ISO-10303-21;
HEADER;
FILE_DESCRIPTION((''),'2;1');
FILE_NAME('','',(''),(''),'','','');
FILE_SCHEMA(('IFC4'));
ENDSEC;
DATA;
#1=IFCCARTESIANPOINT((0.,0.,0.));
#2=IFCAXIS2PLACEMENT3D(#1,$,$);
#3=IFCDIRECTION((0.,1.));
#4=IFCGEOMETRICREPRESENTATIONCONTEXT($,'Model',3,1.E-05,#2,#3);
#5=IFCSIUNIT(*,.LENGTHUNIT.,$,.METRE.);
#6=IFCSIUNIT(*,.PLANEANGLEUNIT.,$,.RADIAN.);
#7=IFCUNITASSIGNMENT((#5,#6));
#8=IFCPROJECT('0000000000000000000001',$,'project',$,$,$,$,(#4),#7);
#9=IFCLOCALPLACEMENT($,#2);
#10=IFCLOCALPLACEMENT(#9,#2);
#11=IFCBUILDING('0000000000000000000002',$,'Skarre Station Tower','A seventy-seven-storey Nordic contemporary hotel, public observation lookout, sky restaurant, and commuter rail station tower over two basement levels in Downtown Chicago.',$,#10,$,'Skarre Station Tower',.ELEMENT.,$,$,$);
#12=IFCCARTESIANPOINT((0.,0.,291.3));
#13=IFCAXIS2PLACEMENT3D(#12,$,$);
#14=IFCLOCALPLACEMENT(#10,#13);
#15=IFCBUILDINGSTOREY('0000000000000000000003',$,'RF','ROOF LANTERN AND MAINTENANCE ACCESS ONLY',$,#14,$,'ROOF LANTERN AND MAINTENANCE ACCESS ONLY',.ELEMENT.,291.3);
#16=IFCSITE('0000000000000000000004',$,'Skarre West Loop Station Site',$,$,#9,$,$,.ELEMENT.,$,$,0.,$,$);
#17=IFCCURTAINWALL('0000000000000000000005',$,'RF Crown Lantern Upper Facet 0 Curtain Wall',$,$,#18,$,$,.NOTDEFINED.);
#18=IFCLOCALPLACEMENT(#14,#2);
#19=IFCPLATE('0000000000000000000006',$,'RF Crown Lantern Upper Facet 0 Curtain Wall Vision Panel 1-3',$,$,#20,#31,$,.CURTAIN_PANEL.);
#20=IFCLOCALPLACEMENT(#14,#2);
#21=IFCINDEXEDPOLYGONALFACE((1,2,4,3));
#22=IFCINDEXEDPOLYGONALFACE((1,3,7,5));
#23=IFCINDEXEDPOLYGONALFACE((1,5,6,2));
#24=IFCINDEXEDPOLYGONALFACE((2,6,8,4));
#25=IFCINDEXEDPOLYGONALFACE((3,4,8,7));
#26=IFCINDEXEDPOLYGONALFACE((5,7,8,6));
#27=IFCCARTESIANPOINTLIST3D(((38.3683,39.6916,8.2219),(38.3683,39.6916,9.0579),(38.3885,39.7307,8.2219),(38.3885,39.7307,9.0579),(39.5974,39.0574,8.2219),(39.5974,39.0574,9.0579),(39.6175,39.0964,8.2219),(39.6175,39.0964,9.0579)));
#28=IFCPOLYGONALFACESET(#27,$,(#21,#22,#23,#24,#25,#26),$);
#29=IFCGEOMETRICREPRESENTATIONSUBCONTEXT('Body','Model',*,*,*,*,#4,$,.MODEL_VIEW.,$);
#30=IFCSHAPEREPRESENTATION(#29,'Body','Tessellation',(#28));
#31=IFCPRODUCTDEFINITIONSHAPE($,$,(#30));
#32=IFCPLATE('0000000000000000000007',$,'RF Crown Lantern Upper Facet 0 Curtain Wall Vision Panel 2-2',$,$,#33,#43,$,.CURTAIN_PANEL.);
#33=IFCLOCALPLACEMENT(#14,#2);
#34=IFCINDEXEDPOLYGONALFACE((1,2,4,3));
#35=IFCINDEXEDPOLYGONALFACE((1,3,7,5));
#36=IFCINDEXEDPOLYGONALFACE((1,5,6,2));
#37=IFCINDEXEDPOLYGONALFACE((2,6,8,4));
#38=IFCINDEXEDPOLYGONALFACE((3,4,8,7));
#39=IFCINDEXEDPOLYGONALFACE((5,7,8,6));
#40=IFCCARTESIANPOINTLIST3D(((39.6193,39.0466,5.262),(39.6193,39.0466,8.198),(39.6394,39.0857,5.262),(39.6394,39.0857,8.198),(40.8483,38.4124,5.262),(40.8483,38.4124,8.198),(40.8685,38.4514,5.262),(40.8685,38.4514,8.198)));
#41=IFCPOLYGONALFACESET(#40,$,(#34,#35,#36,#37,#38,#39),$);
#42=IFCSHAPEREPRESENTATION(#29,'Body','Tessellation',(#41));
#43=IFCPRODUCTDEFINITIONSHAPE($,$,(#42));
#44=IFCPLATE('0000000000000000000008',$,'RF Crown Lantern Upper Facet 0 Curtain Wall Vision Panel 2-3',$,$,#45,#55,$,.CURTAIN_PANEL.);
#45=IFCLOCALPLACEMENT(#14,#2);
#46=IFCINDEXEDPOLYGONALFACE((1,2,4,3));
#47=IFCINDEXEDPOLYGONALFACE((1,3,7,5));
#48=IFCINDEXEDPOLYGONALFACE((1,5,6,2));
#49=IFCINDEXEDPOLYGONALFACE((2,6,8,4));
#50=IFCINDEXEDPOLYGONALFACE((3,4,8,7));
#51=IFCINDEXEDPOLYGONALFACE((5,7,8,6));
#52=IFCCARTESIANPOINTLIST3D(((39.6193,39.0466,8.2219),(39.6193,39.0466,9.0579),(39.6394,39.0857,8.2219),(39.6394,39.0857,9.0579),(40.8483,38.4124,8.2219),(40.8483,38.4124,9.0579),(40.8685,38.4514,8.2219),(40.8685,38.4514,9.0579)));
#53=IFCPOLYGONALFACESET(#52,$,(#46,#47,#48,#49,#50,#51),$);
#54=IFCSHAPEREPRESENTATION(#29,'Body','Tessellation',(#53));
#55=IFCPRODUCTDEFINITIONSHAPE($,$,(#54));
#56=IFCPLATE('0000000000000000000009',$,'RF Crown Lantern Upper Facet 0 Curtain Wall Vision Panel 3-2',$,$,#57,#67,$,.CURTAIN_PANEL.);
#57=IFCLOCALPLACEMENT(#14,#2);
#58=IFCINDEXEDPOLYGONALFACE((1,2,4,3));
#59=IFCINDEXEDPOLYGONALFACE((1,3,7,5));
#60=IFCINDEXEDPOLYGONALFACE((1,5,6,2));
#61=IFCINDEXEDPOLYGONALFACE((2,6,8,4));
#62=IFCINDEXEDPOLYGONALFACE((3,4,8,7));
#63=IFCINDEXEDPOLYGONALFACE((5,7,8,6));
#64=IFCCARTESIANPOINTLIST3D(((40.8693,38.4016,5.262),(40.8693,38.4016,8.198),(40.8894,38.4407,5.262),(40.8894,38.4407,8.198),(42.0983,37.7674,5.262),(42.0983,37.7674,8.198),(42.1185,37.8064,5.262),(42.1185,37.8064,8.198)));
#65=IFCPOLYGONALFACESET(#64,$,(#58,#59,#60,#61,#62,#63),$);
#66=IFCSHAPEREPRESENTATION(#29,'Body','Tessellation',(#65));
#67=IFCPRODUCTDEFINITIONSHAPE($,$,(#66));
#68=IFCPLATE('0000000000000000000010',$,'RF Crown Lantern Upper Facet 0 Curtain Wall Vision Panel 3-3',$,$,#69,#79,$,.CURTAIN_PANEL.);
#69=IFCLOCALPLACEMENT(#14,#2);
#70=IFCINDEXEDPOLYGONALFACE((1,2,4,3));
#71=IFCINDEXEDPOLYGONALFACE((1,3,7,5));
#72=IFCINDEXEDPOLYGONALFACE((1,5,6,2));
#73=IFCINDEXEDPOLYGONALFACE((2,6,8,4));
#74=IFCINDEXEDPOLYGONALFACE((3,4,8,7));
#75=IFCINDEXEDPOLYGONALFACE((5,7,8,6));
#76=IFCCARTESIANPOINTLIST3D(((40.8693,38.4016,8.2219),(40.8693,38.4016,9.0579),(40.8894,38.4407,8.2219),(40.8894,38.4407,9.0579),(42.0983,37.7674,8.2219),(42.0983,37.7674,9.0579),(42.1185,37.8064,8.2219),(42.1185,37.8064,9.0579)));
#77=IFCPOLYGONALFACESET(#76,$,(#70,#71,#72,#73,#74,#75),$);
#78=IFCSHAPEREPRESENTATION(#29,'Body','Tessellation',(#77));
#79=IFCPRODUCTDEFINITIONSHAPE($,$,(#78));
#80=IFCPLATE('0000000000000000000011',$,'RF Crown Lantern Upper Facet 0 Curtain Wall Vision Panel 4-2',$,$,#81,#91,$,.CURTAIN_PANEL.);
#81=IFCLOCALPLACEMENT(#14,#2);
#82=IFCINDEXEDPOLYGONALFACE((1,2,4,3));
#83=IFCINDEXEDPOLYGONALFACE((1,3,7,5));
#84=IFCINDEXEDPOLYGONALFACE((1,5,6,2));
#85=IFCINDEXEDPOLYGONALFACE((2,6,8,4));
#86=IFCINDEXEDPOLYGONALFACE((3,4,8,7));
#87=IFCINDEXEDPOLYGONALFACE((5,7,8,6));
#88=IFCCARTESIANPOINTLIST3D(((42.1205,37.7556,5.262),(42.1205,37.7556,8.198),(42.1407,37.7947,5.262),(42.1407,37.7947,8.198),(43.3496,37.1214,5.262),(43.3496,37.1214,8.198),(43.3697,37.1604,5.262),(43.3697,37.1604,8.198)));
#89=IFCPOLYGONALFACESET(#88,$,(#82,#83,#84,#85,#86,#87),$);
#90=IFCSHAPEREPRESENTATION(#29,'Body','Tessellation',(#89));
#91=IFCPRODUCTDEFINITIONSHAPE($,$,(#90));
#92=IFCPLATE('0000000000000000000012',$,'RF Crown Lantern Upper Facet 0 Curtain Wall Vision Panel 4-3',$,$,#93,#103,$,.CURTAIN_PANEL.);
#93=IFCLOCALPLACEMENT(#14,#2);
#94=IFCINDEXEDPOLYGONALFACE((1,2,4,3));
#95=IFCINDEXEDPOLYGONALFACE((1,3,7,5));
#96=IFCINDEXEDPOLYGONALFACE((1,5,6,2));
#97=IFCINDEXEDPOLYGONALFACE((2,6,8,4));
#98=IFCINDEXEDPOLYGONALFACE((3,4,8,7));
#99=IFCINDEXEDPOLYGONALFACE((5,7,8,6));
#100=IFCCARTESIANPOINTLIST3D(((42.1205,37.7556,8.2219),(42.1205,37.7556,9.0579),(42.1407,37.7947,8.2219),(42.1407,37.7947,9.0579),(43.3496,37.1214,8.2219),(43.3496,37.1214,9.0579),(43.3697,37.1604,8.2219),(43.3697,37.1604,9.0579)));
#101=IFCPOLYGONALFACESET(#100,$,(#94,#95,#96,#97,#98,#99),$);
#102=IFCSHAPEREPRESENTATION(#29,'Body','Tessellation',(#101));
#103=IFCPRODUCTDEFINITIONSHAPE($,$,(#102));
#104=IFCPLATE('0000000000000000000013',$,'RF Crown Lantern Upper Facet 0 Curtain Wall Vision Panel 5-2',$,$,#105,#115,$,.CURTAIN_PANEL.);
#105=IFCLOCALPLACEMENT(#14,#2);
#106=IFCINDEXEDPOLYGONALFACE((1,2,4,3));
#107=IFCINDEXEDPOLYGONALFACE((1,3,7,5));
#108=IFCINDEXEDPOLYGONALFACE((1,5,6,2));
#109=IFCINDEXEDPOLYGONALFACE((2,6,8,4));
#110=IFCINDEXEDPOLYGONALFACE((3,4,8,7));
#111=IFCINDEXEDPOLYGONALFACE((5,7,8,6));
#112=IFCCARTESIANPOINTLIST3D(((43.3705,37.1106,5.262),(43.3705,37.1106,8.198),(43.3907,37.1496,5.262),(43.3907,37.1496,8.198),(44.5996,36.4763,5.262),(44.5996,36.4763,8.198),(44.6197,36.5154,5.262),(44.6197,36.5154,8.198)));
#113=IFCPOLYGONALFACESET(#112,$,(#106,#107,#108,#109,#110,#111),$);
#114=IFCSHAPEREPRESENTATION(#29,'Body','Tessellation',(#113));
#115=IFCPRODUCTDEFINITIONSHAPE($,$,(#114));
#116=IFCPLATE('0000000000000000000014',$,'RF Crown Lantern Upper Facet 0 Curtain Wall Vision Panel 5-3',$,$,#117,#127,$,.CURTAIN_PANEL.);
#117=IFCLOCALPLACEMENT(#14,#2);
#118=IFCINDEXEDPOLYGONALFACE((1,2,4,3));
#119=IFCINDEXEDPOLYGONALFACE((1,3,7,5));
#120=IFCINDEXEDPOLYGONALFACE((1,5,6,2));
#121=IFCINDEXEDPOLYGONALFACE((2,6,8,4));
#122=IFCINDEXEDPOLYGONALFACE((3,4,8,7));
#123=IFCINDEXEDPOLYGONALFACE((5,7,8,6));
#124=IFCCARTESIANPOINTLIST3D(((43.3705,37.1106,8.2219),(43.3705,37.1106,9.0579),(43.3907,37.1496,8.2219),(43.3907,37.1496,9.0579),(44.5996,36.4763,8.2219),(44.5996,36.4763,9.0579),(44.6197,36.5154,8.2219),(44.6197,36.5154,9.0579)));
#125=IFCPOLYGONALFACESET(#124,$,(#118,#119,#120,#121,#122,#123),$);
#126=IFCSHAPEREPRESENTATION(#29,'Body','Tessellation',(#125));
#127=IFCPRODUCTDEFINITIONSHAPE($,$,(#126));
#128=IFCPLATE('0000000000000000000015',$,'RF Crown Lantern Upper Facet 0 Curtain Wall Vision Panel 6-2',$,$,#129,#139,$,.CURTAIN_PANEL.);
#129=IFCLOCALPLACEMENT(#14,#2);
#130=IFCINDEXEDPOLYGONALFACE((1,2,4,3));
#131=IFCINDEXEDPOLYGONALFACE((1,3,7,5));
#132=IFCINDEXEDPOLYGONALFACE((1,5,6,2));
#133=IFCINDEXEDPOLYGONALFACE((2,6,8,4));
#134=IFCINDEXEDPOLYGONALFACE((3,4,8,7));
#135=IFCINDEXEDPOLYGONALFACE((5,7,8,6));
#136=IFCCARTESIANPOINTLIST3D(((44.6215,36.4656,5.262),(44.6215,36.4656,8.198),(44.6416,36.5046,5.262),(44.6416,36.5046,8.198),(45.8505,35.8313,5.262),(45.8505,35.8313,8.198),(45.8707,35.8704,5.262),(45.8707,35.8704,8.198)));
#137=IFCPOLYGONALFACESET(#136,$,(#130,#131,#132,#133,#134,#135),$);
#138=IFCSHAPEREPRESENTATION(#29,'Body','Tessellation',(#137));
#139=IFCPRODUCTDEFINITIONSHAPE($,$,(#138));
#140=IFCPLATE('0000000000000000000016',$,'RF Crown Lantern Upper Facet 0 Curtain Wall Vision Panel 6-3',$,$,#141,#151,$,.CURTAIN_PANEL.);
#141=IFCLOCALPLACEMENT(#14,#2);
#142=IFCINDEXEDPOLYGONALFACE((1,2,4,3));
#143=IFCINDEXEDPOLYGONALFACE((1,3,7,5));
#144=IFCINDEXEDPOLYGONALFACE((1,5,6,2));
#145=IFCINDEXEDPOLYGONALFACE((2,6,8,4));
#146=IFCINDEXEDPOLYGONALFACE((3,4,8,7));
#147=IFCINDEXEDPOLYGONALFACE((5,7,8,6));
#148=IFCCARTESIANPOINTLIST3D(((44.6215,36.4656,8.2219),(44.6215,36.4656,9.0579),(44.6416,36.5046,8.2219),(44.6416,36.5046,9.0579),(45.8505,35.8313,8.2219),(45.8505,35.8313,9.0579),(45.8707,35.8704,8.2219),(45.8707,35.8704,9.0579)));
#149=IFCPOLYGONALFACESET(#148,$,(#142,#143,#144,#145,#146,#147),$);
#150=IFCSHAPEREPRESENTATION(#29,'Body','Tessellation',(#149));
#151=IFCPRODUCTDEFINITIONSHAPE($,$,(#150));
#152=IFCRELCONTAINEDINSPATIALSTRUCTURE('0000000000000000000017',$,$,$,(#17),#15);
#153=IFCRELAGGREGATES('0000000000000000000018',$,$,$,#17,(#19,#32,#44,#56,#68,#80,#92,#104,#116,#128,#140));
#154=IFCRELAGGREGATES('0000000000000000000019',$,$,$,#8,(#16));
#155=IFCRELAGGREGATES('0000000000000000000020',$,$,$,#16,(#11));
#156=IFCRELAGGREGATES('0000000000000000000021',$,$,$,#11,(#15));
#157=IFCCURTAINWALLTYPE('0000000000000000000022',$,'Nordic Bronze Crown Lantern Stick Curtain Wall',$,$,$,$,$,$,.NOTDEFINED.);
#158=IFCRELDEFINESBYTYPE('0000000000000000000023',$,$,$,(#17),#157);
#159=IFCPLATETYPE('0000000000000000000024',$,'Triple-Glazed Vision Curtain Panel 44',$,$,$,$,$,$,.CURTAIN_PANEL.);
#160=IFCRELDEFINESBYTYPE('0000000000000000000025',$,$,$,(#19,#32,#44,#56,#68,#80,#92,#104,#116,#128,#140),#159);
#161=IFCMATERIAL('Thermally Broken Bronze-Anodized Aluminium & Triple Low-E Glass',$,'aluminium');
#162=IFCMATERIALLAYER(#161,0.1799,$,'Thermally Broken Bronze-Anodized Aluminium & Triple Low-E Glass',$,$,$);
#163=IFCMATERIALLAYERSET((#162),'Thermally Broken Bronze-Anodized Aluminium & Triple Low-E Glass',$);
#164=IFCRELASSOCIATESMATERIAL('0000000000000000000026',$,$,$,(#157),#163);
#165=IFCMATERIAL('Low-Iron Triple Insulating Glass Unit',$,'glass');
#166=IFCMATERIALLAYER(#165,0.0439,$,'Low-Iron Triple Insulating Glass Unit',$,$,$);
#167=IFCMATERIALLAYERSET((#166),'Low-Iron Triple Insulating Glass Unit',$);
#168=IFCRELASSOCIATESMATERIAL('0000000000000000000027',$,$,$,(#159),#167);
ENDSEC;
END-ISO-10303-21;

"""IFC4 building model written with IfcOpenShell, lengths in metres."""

from ifc_helpers import new_model, si_unit, direction, frame, origin, origin_2d, place, context, subcontext, project, spatial, rectangle, extrude, material, layer, layer_set, type_object, element, aggregate, save


model = new_model("IFC4")

# Units and contexts
model_context = context("Model", 3, precision=1e-05, world=origin(), true_north=direction((0.0, 1.0)))
body_context = subcontext(model_context, "Body", "Model", "MODEL_VIEW")
ifc_project = project(units=[si_unit("LENGTHUNIT", "METRE"), si_unit("PLANEANGLEUNIT", "RADIAN")], contexts=[model_context])

# Site, building, storey
site_placement = place(None, origin())
site = spatial("IfcSite", under=ifc_project, at=site_placement, Name="Skarre West Loop Station Site", CompositionType="ELEMENT", RefElevation=0.0)
building_placement = place(site_placement, origin())
building = spatial("IfcBuilding", under=site, at=building_placement, Name="Skarre Station Tower", Description="A seventy-seven-storey Nordic contemporary hotel, public observation lookout, sky restaurant, and commuter rail station tower over two basement levels in Downtown Chicago.", LongName="Skarre Station Tower", CompositionType="ELEMENT")
storey_placement = place(building_placement, frame((0.0, 0.0, 291.3)))
storey = spatial("IfcBuildingStorey", under=building, at=storey_placement, Name="RF", Description="ROOF LANTERN AND MAINTENANCE ACCESS ONLY", LongName="ROOF LANTERN AND MAINTENANCE ACCESS ONLY", CompositionType="ELEMENT", Elevation=291.3)

# Curtain wall
ifc_material_1 = material(Name="Thermally Broken Bronze-Anodized Aluminium & Triple Low-E Glass", Category="aluminium")
ifc_layer_1 = layer(ifc_material_1, 0.1799, Name="Thermally Broken Bronze-Anodized Aluminium & Triple Low-E Glass")
ifc_layer_set_1 = layer_set([ifc_layer_1], Name="Thermally Broken Bronze-Anodized Aluminium & Triple Low-E Glass")
curtain_wall_type = type_object("IfcCurtainWallType", Name="Nordic Bronze Crown Lantern Stick Curtain Wall", PredefinedType="NOTDEFINED", material=ifc_layer_set_1)
curtain_wall_placement = place(storey_placement, origin())
curtain_wall = element("IfcCurtainWall", 1, at=curtain_wall_placement, inside=storey, type_object=curtain_wall_type, Name="RF Crown Lantern Upper Facet 0 Curtain Wall", PredefinedType="NOTDEFINED")

# Plates
ifc_material_2 = material(Name="Low-Iron Triple Insulating Glass Unit", Category="glass")
ifc_layer_2 = layer(ifc_material_2, 0.0439, Name="Low-Iron Triple Insulating Glass Unit")
ifc_layer_set_2 = layer_set([ifc_layer_2], Name="Low-Iron Triple Insulating Glass Unit")
plate_type_1 = type_object("IfcPlateType", Name="Triple-Glazed Vision Curtain Panel 44", PredefinedType="CURTAIN_PANEL", material=ifc_layer_set_2)
plate_1_placement = place(storey_placement, frame((38.9929, 39.394, 8.2219), z_axis=(0.0, 0.0, 1.0), x_axis=(0.888649, -0.458588, 0.0)))
plate_1 = element("IfcPlate", 2, at=plate_1_placement, type_object=plate_type_1, Name="RF Crown Lantern Upper Facet 0 Curtain Wall Vision Panel 1-3", PredefinedType="CURTAIN_PANEL", context=body_context, shape_type="SweptSolid", body=[
    extrude(rectangle(XDim=1.3831, YDim=0.0439, at=origin_2d()), origin(), (0.0, 0.0, 1.0), 0.8359),
])
plate_2_placement = place(storey_placement, frame((40.2439, 38.749, 5.262), z_axis=(0.0, 0.0, 1.0), x_axis=(0.888649, -0.458588, 0.0)))
plate_2 = element("IfcPlate", 3, at=plate_2_placement, type_object=plate_type_1, Name="RF Crown Lantern Upper Facet 0 Curtain Wall Vision Panel 2-2", PredefinedType="CURTAIN_PANEL", context=body_context, shape_type="SweptSolid", body=[
    extrude(rectangle(XDim=1.3831, YDim=0.0439, at=origin_2d()), origin(), (0.0, 0.0, 1.0), 2.936),
])
plate_3_placement = place(storey_placement, frame((40.2439, 38.749, 8.2219), z_axis=(0.0, 0.0, 1.0), x_axis=(0.888649, -0.458588, 0.0)))
plate_3 = element("IfcPlate", 4, at=plate_3_placement, type_object=plate_type_1, Name="RF Crown Lantern Upper Facet 0 Curtain Wall Vision Panel 2-3", PredefinedType="CURTAIN_PANEL", context=body_context, shape_type="SweptSolid", body=[
    extrude(rectangle(XDim=1.3831, YDim=0.0439, at=origin_2d()), origin(), (0.0, 0.0, 1.0), 0.8359),
])
plate_4_placement = place(storey_placement, frame((41.4939, 38.104, 5.262), z_axis=(0.0, 0.0, 1.0), x_axis=(0.888649, -0.458588, 0.0)))
plate_4 = element("IfcPlate", 5, at=plate_4_placement, type_object=plate_type_1, Name="RF Crown Lantern Upper Facet 0 Curtain Wall Vision Panel 3-2", PredefinedType="CURTAIN_PANEL", context=body_context, shape_type="SweptSolid", body=[
    extrude(rectangle(XDim=1.3831, YDim=0.0439, at=origin_2d()), origin(), (0.0, 0.0, 1.0), 2.936),
])
plate_5_placement = place(storey_placement, frame((41.4939, 38.104, 8.2219), z_axis=(0.0, 0.0, 1.0), x_axis=(0.888649, -0.458588, 0.0)))
plate_5 = element("IfcPlate", 6, at=plate_5_placement, type_object=plate_type_1, Name="RF Crown Lantern Upper Facet 0 Curtain Wall Vision Panel 3-3", PredefinedType="CURTAIN_PANEL", context=body_context, shape_type="SweptSolid", body=[
    extrude(rectangle(XDim=1.3831, YDim=0.0439, at=origin_2d()), origin(), (0.0, 0.0, 1.0), 0.8359),
])
plate_6_placement = place(storey_placement, frame((42.7451, 37.458, 5.262), z_axis=(0.0, 0.0, 1.0), x_axis=(0.888649, -0.458588, 0.0)))
plate_6 = element("IfcPlate", 7, at=plate_6_placement, type_object=plate_type_1, Name="RF Crown Lantern Upper Facet 0 Curtain Wall Vision Panel 4-2", PredefinedType="CURTAIN_PANEL", context=body_context, shape_type="SweptSolid", body=[
    extrude(rectangle(XDim=1.3831, YDim=0.0439, at=origin_2d()), origin(), (0.0, 0.0, 1.0), 2.936),
])
plate_7_placement = place(storey_placement, frame((42.7451, 37.458, 8.2219), z_axis=(0.0, 0.0, 1.0), x_axis=(0.888649, -0.458588, 0.0)))
plate_7 = element("IfcPlate", 8, at=plate_7_placement, type_object=plate_type_1, Name="RF Crown Lantern Upper Facet 0 Curtain Wall Vision Panel 4-3", PredefinedType="CURTAIN_PANEL", context=body_context, shape_type="SweptSolid", body=[
    extrude(rectangle(XDim=1.3831, YDim=0.0439, at=origin_2d()), origin(), (0.0, 0.0, 1.0), 0.8359),
])
plate_8_placement = place(storey_placement, frame((43.9951, 36.813, 5.262), z_axis=(0.0, 0.0, 1.0), x_axis=(0.888649, -0.458588, 0.0)))
plate_8 = element("IfcPlate", 9, at=plate_8_placement, type_object=plate_type_1, Name="RF Crown Lantern Upper Facet 0 Curtain Wall Vision Panel 5-2", PredefinedType="CURTAIN_PANEL", context=body_context, shape_type="SweptSolid", body=[
    extrude(rectangle(XDim=1.3831, YDim=0.0439, at=origin_2d()), origin(), (0.0, 0.0, 1.0), 2.936),
])
plate_9_placement = place(storey_placement, frame((43.9951, 36.813, 8.2219), z_axis=(0.0, 0.0, 1.0), x_axis=(0.888649, -0.458588, 0.0)))
plate_9 = element("IfcPlate", 10, at=plate_9_placement, type_object=plate_type_1, Name="RF Crown Lantern Upper Facet 0 Curtain Wall Vision Panel 5-3", PredefinedType="CURTAIN_PANEL", context=body_context, shape_type="SweptSolid", body=[
    extrude(rectangle(XDim=1.3831, YDim=0.0439, at=origin_2d()), origin(), (0.0, 0.0, 1.0), 0.8359),
])
plate_10_placement = place(storey_placement, frame((45.2461, 36.168, 5.262), z_axis=(0.0, 0.0, 1.0), x_axis=(0.888649, -0.458588, 0.0)))
plate_10 = element("IfcPlate", 11, at=plate_10_placement, type_object=plate_type_1, Name="RF Crown Lantern Upper Facet 0 Curtain Wall Vision Panel 6-2", PredefinedType="CURTAIN_PANEL", context=body_context, shape_type="SweptSolid", body=[
    extrude(rectangle(XDim=1.3831, YDim=0.0439, at=origin_2d()), origin(), (0.0, 0.0, 1.0), 2.936),
])
plate_11_placement = place(storey_placement, frame((45.2461, 36.168, 8.2219), z_axis=(0.0, 0.0, 1.0), x_axis=(0.888649, -0.458588, 0.0)))
plate_11 = element("IfcPlate", 12, at=plate_11_placement, type_object=plate_type_1, Name="RF Crown Lantern Upper Facet 0 Curtain Wall Vision Panel 6-3", PredefinedType="CURTAIN_PANEL", context=body_context, shape_type="SweptSolid", body=[
    extrude(rectangle(XDim=1.3831, YDim=0.0439, at=origin_2d()), origin(), (0.0, 0.0, 1.0), 0.8359),
])
aggregate(curtain_wall, [plate_1, plate_2, plate_3, plate_4, plate_5, plate_6, plate_7, plate_8, plate_9, plate_10, plate_11])

save(model, "model.ifc")
